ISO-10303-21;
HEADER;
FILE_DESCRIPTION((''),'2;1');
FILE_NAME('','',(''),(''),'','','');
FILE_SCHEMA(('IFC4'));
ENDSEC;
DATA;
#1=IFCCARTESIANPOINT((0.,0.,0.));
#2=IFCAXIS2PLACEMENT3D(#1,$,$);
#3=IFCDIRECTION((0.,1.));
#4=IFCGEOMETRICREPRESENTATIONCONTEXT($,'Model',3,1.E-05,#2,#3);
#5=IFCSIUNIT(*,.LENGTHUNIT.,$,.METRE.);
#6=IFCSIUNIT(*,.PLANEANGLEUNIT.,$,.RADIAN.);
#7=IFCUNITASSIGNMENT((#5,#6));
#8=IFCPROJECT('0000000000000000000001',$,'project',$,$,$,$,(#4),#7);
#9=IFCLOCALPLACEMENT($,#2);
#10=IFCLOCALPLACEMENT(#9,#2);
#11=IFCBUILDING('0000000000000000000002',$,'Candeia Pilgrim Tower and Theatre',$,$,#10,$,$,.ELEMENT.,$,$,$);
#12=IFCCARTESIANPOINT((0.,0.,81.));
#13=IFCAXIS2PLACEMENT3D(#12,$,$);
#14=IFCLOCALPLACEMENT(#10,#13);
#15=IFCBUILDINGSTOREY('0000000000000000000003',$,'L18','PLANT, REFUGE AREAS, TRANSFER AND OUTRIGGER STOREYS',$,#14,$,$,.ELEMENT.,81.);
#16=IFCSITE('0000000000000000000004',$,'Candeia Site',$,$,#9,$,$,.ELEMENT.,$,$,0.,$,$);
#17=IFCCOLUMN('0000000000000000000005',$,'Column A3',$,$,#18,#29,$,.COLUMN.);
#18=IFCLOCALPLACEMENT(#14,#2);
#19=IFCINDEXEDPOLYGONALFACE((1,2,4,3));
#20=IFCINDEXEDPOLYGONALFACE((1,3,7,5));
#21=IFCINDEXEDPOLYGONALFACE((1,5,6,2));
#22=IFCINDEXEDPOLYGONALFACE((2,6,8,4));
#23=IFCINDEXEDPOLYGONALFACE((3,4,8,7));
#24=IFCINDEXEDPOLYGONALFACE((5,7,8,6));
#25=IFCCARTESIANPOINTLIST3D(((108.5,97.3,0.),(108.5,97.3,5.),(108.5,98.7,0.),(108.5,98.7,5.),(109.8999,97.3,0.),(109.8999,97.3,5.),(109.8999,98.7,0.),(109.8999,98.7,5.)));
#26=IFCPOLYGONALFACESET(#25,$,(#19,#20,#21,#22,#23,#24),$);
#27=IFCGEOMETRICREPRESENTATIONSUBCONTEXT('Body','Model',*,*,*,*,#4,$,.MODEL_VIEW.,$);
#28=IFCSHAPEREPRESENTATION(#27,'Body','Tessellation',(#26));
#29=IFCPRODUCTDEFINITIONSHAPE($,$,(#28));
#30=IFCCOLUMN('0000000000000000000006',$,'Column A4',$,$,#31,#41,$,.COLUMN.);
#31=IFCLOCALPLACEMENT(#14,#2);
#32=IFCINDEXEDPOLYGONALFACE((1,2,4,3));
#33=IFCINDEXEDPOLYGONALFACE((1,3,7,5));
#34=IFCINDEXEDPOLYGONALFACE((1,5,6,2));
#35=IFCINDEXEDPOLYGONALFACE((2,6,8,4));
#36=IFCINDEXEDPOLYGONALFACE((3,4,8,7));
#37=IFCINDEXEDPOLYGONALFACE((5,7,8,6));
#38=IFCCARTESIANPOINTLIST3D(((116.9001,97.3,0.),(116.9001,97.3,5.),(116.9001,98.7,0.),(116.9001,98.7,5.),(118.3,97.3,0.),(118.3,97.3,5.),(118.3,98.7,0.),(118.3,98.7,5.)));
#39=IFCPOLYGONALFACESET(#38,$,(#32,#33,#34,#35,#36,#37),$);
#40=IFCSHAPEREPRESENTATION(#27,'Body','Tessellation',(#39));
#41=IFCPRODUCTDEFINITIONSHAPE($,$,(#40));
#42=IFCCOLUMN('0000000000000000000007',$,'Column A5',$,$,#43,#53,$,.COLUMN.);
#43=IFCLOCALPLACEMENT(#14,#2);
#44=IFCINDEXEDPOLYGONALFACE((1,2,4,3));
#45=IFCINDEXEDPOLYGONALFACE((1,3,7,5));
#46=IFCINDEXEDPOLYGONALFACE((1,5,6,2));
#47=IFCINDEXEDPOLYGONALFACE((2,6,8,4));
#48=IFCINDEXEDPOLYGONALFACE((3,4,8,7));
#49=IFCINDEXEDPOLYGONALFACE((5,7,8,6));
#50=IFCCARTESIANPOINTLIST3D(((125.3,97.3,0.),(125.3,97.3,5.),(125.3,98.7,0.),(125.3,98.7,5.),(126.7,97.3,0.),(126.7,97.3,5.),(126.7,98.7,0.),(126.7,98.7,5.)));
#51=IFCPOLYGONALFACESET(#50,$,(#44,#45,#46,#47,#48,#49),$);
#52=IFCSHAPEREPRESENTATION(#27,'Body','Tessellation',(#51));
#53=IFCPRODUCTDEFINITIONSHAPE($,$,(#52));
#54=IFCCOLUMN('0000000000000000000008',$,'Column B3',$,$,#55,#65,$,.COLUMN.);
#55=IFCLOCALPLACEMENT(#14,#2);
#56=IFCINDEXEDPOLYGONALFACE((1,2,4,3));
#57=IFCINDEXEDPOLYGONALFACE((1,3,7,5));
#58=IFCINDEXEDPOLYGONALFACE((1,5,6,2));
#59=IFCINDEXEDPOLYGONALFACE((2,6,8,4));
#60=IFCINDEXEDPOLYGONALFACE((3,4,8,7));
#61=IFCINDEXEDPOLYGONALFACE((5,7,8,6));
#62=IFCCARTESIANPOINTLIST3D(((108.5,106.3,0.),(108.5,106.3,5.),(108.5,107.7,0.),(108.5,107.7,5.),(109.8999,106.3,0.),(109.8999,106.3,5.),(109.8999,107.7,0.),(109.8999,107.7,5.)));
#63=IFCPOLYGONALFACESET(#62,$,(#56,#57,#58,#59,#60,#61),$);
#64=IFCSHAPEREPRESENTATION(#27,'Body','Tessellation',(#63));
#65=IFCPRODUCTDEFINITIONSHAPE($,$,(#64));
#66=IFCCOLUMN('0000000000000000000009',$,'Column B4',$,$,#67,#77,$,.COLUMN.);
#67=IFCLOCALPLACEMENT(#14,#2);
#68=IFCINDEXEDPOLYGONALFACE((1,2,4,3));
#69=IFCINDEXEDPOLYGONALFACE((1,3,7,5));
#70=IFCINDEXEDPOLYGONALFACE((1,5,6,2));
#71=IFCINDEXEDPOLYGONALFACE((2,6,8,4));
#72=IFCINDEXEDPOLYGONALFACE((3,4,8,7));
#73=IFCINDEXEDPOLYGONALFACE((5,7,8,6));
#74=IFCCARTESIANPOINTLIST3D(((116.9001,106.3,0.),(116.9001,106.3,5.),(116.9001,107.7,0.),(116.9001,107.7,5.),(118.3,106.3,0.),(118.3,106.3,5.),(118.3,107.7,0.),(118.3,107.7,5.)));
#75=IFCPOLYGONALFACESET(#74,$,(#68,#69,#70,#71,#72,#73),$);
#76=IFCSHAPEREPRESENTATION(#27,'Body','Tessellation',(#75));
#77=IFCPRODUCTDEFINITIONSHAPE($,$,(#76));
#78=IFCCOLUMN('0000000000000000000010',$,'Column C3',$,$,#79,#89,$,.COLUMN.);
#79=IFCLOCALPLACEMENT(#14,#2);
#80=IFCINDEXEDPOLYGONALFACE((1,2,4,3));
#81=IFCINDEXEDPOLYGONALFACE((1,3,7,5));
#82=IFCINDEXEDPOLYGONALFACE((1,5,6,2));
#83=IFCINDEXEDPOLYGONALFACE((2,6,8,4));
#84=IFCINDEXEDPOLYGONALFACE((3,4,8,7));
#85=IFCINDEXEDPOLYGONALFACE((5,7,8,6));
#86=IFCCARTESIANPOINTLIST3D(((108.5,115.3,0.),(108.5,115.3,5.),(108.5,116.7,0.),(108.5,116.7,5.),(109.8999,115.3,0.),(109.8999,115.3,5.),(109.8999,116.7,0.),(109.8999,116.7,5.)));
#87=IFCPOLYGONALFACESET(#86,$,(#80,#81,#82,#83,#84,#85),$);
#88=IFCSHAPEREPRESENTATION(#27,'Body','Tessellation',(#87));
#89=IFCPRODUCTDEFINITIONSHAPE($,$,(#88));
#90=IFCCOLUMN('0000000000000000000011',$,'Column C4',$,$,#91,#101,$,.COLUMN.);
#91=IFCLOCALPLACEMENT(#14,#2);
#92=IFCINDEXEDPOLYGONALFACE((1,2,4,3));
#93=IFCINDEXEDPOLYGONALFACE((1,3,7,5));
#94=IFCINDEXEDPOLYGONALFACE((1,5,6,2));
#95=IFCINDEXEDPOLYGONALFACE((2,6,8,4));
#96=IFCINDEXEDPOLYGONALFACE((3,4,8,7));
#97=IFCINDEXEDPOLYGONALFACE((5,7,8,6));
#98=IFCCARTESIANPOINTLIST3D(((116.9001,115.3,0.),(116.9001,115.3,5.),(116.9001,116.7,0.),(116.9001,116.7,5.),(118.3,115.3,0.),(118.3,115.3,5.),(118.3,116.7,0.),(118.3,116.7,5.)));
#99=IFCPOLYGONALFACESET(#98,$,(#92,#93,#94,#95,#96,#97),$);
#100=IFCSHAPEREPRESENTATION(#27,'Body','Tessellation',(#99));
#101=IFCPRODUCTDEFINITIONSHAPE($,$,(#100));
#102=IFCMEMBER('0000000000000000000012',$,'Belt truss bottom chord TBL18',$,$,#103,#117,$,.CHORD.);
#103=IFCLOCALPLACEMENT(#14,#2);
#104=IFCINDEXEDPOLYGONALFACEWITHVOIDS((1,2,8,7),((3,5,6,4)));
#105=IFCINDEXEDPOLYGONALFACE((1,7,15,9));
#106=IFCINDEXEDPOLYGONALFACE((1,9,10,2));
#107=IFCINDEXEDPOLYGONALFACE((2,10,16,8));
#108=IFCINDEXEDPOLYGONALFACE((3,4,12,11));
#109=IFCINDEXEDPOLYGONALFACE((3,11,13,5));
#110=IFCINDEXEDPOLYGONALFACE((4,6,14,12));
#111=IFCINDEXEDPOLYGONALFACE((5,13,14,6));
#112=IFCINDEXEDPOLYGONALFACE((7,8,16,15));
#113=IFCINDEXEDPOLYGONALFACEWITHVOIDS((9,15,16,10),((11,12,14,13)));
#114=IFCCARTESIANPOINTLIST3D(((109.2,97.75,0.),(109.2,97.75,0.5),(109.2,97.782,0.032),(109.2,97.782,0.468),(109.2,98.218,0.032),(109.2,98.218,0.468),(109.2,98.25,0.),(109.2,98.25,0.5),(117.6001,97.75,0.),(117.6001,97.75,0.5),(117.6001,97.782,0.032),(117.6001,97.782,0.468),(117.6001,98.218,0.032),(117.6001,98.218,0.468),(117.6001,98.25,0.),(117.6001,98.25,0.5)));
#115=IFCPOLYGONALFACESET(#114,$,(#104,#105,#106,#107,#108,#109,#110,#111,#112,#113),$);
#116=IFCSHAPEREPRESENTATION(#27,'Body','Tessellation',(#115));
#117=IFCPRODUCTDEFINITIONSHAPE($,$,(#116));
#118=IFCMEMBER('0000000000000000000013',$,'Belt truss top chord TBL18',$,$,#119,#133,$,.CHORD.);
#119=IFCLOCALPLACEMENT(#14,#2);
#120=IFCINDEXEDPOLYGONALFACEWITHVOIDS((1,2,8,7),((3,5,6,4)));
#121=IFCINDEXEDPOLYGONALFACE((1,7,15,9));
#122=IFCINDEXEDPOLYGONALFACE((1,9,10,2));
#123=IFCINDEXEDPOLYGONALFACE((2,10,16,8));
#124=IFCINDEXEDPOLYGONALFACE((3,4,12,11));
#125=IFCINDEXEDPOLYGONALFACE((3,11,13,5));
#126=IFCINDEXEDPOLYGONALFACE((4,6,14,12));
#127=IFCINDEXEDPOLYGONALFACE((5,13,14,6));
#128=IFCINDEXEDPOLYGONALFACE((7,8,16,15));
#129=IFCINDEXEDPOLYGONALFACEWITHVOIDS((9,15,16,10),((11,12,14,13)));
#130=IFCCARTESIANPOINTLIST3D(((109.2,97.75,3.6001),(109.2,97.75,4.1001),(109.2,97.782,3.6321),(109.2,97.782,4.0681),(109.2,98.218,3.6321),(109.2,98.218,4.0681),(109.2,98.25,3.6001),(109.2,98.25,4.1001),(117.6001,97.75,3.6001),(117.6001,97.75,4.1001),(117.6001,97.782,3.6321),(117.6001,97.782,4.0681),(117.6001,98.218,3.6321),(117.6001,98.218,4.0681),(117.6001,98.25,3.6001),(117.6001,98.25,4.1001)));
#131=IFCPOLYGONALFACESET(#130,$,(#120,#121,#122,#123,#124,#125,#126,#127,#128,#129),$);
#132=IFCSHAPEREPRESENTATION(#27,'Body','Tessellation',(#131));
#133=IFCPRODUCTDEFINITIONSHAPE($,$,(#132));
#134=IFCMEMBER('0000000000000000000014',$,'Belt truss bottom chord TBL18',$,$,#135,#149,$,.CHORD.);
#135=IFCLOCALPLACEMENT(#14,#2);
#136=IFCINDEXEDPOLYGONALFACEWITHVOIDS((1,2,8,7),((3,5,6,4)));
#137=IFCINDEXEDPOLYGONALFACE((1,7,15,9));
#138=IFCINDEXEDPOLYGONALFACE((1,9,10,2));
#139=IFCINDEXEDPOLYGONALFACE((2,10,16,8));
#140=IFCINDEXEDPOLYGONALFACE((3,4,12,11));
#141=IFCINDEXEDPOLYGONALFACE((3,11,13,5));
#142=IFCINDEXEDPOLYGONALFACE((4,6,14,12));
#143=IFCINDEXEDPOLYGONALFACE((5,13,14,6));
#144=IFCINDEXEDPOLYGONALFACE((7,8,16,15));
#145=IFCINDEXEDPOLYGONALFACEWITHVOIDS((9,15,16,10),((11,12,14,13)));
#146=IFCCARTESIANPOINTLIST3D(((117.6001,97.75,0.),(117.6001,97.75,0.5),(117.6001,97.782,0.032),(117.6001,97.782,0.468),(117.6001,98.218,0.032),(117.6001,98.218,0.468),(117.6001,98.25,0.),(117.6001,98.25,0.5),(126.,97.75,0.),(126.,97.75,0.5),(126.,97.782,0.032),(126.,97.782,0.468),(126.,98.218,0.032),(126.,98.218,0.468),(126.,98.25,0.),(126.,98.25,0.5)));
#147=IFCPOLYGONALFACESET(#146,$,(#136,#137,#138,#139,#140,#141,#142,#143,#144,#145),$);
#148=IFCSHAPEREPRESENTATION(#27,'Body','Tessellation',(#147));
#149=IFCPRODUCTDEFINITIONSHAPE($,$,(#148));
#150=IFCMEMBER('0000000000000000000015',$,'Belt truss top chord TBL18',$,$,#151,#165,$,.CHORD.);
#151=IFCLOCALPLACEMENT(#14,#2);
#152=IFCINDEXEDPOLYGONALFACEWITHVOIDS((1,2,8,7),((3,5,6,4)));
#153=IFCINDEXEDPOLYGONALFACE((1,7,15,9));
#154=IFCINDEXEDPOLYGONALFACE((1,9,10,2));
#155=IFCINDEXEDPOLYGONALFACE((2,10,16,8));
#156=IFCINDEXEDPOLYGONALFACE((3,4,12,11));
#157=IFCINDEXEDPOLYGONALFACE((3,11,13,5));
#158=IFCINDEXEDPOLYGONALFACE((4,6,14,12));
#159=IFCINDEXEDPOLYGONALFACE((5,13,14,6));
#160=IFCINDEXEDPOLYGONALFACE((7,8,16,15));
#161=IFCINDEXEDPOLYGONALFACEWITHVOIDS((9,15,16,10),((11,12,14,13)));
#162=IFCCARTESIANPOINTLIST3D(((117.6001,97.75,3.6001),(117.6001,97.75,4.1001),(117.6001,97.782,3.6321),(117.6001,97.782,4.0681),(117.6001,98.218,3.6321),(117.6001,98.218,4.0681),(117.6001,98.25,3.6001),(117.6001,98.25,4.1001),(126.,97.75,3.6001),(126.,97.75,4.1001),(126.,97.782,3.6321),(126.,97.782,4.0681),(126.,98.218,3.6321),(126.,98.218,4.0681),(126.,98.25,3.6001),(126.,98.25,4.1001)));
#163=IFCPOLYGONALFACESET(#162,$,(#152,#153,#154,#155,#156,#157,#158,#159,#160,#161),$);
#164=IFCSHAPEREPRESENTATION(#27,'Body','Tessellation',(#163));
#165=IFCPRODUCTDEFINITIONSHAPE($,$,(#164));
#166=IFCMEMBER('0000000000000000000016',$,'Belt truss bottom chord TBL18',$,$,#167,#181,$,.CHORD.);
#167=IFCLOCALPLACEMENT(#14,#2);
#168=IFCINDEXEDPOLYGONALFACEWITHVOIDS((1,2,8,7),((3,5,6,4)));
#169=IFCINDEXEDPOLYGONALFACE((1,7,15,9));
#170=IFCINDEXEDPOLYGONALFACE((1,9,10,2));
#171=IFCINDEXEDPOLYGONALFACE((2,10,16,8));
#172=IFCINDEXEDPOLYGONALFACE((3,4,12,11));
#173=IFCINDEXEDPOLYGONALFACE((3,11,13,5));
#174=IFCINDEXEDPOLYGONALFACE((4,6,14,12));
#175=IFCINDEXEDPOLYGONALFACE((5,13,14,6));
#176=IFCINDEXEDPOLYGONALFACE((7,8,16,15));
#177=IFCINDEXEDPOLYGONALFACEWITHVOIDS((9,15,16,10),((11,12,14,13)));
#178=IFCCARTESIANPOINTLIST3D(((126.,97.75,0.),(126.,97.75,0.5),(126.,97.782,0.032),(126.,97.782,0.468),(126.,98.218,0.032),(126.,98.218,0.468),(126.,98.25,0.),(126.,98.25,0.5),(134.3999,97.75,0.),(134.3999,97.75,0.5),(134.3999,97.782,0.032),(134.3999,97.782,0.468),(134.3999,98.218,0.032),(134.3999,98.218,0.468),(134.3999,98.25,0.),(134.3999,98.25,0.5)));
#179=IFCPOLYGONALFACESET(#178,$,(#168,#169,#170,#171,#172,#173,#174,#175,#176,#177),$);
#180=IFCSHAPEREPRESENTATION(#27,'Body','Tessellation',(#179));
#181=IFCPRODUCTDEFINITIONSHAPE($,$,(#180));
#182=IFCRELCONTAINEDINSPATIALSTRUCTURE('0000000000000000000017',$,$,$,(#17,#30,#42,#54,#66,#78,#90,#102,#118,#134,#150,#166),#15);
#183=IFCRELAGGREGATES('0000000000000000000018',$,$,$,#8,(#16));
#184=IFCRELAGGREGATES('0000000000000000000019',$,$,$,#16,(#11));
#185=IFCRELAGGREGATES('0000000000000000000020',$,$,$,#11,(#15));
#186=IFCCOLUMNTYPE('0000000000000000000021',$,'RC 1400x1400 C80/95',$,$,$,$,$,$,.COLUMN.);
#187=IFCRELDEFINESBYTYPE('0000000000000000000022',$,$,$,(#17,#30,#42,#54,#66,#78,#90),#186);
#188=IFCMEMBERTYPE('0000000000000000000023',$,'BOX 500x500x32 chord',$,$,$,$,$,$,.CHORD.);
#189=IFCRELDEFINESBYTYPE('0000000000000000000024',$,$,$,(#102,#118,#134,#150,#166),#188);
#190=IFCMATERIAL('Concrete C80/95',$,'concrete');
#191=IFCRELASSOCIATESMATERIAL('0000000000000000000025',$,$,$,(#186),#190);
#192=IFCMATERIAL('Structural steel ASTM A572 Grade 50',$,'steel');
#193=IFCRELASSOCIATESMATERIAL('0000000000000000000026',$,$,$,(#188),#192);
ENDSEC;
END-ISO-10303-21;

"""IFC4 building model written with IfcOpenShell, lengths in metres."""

from ifc_helpers import new_model, si_unit, direction, frame, origin, origin_2d, place, context, subcontext, project, spatial, rectangle, hollow_rectangle, extrude, material, material_profile, profile_set, type_object, element, save


model = new_model("IFC4")

# Units and contexts
model_context = context("Model", 3, precision=1e-05, world=origin(), true_north=direction((0.0, 1.0)))
body_context = subcontext(model_context, "Body", "Model", "MODEL_VIEW")
ifc_project = project(units=[si_unit("LENGTHUNIT", "METRE"), si_unit("PLANEANGLEUNIT", "RADIAN")], contexts=[model_context])

# Site, building, storey
site_placement = place(None, origin())
site = spatial("IfcSite", under=ifc_project, at=site_placement, Name="Candeia Site", CompositionType="ELEMENT", RefElevation=0.0)
building_placement = place(site_placement, origin())
building = spatial("IfcBuilding", under=site, at=building_placement, Name="Candeia Pilgrim Tower and Theatre", CompositionType="ELEMENT")
storey_placement = place(building_placement, frame((0.0, 0.0, 81.0)))
storey = spatial("IfcBuildingStorey", under=building, at=storey_placement, Name="L18", Description="PLANT, REFUGE AREAS, TRANSFER AND OUTRIGGER STOREYS", CompositionType="ELEMENT", Elevation=81.0)

# Columns
ifc_material_1 = material(Name="Concrete C80/95", Category="concrete")
ifc_material_profile_1 = material_profile(ifc_material_1, rectangle(XDim=1.3999, YDim=1.3999, at=origin_2d()))
ifc_profile_set_1 = profile_set([ifc_material_profile_1], Name="Concrete C80/95")
column_type = type_object("IfcColumnType", Name="RC 1400x1400 C80/95", PredefinedType="COLUMN", material=ifc_profile_set_1)
for number, where, z_axis, x_axis, name in (
    (1, (109.2, 98.0, 0.0), (0.0, 0.0, 1.0), (1.0, 0.0, 0.0), "Column A3"),
    (2, (117.6001, 98.0, 0.0), (0.0, 0.0, 1.0), (1.0, 0.0, 0.0), "Column A4"),
    (3, (126.0, 98.0, 0.0), (0.0, 0.0, 1.0), (1.0, 0.0, 0.0), "Column A5"),
    (4, (109.2, 107.0, 0.0), (0.0, 0.0, 1.0), (1.0, 0.0, 0.0), "Column B3"),
    (5, (117.6001, 107.0, 0.0), (0.0, 0.0, 1.0), (1.0, 0.0, 0.0), "Column B4"),
    (6, (109.2, 116.0, 0.0), (0.0, 0.0, 1.0), (1.0, 0.0, 0.0), "Column C3"),
    (7, (117.6001, 116.0, 0.0), (0.0, 0.0, 1.0), (1.0, 0.0, 0.0), "Column C4"),
):
    element("IfcColumn", number, at=place(storey_placement, frame(where, z_axis=z_axis, x_axis=x_axis)), inside=storey, type_object=column_type, Name=name, PredefinedType="COLUMN", context=body_context, shape_type="SweptSolid", body=[
        extrude(rectangle(XDim=1.3999, YDim=1.3999, at=origin_2d()), origin(), (0.0, 0.0, 1.0), 5.0),
    ])

# Members
ifc_material_2 = material(Name="Structural steel ASTM A572 Grade 50", Category="steel")
ifc_material_profile_2 = material_profile(ifc_material_2, hollow_rectangle(XDim=0.5, YDim=0.5, WallThickness=0.032, at=origin_2d()))
ifc_profile_set_2 = profile_set([ifc_material_profile_2], Name="Structural steel ASTM A572 Grade 50")
member_type_1 = type_object("IfcMemberType", Name="BOX 500x500x32 chord", PredefinedType="CHORD", material=ifc_profile_set_2)
for number, where, z_axis, x_axis, name in (
    (8, (109.2, 98.0, 0.25), (1.0, 0.0, 0.0), (0.0, 1.0, 0.0), "Belt truss bottom chord TBL18"),
    (9, (109.2, 98.0, 3.8501), (1.0, 0.0, 0.0), (0.0, 1.0, 0.0), "Belt truss top chord TBL18"),
):
    element("IfcMember", number, at=place(storey_placement, frame(where, z_axis=z_axis, x_axis=x_axis)), inside=storey, type_object=member_type_1, Name=name, PredefinedType="CHORD", context=body_context, shape_type="SweptSolid", body=[
        extrude(hollow_rectangle(XDim=0.5, YDim=0.5, WallThickness=0.032, at=origin_2d()), origin(), (0.0, 0.0, 1.0), 8.4001),
    ])
for number, where, z_axis, x_axis, name in (
    (10, (117.6001, 98.0, 0.25), (1.0, 0.0, 0.0), (0.0, 1.0, 0.0), "Belt truss bottom chord TBL18"),
    (11, (117.6001, 98.0, 3.8501), (1.0, 0.0, 0.0), (0.0, 1.0, 0.0), "Belt truss top chord TBL18"),
    (12, (126.0, 98.0, 0.25), (1.0, 0.0, 0.0), (0.0, 1.0, 0.0), "Belt truss bottom chord TBL18"),
):
    element("IfcMember", number, at=place(storey_placement, frame(where, z_axis=z_axis, x_axis=x_axis)), inside=storey, type_object=member_type_1, Name=name, PredefinedType="CHORD", context=body_context, shape_type="SweptSolid", body=[
        extrude(hollow_rectangle(XDim=0.5, YDim=0.5, WallThickness=0.032, at=origin_2d()), origin(), (0.0, 0.0, 1.0), 8.3999),
    ])

save(model, "model.ifc")
